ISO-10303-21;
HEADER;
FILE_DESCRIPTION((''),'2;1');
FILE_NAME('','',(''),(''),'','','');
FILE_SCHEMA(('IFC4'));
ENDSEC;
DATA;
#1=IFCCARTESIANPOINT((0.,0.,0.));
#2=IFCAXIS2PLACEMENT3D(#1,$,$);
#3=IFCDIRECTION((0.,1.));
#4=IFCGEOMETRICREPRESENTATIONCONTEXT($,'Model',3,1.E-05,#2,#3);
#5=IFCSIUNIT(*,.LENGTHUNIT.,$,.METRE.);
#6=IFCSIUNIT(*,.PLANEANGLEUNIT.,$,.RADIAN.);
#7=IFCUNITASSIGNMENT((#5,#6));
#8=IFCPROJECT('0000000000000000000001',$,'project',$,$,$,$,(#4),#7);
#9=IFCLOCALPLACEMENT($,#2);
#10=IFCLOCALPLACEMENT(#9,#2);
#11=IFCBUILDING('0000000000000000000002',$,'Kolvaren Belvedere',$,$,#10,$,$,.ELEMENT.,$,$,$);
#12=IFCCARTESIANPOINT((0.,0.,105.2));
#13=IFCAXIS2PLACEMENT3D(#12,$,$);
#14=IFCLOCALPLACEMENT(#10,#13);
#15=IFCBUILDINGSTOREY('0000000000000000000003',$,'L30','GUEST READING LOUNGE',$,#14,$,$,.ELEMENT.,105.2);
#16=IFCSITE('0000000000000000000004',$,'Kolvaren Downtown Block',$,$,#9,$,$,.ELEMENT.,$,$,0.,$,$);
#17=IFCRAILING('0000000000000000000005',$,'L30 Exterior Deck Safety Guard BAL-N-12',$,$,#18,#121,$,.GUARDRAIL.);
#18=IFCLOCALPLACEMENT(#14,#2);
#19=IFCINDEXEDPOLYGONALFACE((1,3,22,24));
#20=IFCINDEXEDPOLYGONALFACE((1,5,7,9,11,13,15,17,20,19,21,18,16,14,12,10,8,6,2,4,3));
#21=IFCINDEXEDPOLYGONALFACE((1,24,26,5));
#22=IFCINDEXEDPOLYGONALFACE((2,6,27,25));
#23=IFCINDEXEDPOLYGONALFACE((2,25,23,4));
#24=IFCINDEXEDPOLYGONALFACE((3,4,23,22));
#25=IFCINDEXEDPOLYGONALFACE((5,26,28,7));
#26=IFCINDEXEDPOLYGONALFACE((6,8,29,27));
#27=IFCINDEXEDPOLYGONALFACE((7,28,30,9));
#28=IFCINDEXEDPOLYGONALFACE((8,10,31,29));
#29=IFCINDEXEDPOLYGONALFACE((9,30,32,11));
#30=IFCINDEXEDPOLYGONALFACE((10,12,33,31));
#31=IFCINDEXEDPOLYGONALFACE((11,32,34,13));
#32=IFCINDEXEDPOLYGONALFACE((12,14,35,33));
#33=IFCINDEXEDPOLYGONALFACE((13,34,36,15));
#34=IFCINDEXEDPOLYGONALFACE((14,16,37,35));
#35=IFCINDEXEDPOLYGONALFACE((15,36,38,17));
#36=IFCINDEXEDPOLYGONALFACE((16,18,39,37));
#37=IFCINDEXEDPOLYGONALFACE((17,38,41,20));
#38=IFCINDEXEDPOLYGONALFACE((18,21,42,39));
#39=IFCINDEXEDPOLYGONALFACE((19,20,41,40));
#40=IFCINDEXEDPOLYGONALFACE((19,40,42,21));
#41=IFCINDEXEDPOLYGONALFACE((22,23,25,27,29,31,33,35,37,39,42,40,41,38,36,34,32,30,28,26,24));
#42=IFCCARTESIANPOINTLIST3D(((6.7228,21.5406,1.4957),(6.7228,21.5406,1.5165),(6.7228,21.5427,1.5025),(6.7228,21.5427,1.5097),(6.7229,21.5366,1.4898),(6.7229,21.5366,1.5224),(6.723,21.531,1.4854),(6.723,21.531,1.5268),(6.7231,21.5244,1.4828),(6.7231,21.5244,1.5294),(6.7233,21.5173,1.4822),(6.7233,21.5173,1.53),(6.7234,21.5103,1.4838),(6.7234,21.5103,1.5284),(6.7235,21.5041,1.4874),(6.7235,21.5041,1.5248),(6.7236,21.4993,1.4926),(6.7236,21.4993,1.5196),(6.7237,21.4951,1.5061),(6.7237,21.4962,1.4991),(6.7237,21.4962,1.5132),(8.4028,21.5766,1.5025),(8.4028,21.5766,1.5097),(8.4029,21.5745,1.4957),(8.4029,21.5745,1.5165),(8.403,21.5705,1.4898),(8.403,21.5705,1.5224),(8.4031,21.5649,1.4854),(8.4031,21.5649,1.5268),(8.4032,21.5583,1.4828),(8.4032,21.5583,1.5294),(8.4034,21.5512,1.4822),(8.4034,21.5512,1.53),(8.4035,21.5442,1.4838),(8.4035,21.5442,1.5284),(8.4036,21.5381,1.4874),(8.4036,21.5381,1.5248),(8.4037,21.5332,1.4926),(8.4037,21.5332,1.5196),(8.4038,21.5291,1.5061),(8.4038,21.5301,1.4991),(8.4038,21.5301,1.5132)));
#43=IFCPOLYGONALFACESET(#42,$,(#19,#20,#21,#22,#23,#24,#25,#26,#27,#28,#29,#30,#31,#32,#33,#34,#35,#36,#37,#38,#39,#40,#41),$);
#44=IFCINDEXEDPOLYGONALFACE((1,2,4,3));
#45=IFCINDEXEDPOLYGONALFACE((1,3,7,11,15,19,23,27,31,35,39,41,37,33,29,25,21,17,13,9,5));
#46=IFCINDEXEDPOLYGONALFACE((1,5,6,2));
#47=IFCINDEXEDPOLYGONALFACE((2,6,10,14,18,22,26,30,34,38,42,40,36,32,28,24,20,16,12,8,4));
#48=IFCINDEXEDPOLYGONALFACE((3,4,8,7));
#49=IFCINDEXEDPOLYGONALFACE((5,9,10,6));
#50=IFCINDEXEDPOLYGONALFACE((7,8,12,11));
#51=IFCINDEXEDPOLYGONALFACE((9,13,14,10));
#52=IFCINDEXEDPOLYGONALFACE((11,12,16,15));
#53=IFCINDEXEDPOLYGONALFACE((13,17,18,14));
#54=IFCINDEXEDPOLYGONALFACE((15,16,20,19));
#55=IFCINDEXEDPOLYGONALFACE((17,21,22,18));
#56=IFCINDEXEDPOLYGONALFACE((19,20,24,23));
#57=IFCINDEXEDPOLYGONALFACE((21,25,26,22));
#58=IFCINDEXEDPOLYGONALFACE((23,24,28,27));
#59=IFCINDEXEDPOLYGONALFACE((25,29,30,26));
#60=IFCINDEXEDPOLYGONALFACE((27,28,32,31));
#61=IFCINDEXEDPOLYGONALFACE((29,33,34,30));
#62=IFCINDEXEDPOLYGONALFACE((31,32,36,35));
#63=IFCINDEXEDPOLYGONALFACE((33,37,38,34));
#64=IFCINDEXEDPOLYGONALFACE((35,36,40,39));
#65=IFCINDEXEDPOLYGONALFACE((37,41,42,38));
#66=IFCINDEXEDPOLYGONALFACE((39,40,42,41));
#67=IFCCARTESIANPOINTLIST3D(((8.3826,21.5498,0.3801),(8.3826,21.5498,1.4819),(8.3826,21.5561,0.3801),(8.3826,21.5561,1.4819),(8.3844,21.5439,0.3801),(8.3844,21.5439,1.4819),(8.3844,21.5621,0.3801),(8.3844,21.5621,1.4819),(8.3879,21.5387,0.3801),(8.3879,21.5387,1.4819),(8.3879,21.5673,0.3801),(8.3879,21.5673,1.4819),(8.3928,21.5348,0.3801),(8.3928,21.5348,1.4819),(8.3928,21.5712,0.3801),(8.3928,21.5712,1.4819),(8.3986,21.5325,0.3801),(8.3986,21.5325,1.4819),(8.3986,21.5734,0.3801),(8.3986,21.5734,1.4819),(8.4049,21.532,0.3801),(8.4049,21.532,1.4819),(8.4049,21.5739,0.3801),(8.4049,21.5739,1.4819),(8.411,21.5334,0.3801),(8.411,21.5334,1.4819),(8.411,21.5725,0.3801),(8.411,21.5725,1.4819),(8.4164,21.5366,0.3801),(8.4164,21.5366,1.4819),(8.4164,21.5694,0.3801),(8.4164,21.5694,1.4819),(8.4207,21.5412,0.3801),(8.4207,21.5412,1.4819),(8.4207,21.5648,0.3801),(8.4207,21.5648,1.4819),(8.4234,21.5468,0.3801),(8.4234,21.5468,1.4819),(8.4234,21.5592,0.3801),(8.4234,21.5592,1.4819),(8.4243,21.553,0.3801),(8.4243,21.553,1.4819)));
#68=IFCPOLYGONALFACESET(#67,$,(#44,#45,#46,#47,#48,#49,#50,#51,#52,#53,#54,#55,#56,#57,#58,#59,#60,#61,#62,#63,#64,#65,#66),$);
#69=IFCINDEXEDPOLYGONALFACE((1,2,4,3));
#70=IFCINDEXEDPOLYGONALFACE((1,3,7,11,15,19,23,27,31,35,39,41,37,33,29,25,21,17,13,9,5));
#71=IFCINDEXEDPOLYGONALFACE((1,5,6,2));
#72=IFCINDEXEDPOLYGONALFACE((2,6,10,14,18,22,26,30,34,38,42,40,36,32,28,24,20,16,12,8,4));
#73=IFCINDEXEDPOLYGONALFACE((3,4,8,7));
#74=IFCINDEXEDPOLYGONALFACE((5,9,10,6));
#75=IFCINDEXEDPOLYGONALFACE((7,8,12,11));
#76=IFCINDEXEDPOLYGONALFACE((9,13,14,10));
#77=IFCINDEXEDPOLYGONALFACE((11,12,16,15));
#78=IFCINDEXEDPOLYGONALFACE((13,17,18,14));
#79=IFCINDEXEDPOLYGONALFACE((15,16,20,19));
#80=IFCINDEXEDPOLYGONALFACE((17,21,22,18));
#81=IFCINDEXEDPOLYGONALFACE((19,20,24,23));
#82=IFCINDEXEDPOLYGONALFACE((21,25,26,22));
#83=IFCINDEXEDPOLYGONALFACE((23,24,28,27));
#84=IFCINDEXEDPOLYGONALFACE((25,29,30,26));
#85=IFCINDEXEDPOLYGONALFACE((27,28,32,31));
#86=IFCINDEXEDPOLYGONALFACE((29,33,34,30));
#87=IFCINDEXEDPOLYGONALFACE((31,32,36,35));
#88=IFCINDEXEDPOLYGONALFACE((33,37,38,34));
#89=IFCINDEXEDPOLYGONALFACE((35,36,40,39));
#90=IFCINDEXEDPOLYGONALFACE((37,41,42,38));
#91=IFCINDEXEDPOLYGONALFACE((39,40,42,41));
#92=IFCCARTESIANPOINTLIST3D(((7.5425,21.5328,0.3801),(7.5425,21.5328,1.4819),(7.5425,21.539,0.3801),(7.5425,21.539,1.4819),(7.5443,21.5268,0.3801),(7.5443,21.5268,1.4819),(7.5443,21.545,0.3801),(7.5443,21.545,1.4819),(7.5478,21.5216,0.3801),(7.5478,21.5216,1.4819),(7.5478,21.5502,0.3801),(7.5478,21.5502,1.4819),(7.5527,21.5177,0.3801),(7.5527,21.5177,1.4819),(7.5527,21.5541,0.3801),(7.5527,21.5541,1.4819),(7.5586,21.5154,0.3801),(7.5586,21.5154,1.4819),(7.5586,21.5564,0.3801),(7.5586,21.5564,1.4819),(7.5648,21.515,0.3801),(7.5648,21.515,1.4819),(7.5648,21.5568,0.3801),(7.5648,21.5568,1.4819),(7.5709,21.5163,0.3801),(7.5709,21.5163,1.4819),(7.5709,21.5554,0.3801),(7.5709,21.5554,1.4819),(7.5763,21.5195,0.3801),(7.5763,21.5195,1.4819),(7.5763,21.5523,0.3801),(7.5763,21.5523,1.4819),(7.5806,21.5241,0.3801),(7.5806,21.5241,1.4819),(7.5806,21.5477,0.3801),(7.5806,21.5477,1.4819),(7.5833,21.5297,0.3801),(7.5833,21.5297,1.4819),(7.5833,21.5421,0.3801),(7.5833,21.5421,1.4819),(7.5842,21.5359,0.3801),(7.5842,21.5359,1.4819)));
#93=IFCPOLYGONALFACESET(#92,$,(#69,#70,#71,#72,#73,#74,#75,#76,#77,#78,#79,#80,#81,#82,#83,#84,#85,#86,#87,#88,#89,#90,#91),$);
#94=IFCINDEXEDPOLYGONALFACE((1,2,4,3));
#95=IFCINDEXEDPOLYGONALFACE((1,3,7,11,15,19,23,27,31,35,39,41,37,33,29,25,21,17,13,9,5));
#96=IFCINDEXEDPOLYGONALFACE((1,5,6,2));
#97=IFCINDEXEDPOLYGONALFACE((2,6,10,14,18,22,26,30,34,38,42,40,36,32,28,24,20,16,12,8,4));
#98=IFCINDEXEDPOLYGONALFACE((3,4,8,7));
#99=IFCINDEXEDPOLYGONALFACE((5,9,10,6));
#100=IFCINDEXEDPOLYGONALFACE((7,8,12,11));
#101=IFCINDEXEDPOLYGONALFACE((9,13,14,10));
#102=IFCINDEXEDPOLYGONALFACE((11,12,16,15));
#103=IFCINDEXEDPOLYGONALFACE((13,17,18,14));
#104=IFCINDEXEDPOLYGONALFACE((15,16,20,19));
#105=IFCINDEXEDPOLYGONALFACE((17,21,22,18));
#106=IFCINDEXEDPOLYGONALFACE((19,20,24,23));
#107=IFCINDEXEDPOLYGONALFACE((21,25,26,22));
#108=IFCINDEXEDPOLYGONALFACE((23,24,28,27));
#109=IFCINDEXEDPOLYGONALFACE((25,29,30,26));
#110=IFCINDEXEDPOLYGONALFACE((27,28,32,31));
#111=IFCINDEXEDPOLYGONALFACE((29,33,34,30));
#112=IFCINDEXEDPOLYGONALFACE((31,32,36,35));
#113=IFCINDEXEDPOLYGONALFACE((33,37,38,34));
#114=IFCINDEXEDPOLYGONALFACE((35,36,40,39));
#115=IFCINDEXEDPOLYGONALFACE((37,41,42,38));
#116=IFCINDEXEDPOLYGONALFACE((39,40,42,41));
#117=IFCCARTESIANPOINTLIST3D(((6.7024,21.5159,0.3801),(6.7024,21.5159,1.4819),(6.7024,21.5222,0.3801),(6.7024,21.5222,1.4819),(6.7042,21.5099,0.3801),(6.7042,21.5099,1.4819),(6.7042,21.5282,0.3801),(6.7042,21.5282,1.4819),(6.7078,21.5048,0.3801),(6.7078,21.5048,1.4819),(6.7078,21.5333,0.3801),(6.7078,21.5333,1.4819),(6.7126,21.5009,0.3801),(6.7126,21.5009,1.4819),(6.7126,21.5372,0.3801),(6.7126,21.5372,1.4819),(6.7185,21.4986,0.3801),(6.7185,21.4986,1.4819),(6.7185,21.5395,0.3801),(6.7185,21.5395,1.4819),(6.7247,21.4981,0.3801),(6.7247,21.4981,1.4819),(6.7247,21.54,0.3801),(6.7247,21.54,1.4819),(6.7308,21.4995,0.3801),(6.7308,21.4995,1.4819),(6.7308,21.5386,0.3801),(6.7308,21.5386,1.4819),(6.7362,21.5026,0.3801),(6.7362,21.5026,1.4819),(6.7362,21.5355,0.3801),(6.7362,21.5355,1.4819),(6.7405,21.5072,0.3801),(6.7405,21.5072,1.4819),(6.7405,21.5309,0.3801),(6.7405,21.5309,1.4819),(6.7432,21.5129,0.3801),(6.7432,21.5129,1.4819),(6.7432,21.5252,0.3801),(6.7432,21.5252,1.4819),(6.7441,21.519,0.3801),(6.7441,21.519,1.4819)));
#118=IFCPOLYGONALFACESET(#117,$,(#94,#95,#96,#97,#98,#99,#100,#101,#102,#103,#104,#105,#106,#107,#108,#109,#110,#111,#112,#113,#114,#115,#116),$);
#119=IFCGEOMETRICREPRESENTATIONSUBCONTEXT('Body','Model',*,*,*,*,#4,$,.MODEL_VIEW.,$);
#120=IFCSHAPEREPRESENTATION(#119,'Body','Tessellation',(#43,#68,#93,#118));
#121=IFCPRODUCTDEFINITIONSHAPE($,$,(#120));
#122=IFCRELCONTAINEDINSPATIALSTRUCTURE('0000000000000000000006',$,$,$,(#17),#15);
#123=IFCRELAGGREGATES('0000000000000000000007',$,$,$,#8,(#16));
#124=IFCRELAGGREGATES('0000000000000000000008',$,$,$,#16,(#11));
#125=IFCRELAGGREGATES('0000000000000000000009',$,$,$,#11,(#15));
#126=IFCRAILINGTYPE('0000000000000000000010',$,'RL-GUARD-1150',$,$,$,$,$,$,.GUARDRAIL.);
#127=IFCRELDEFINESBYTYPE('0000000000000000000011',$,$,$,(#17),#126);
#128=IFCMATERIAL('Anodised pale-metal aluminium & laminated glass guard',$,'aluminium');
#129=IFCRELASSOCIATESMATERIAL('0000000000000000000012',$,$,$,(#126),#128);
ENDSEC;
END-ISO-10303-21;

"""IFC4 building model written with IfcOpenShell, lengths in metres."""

from ifc_helpers import new_model, si_unit, direction, frame, origin, origin_2d, place, context, subcontext, project, spatial, circle, extrude, material, type_object, element, save


model = new_model("IFC4")

# Units and contexts
model_context = context("Model", 3, precision=1e-05, world=origin(), true_north=direction((0.0, 1.0)))
body_context = subcontext(model_context, "Body", "Model", "MODEL_VIEW")
ifc_project = project(units=[si_unit("LENGTHUNIT", "METRE"), si_unit("PLANEANGLEUNIT", "RADIAN")], contexts=[model_context])

# Site, building, storey
site_placement = place(None, origin())
site = spatial("IfcSite", under=ifc_project, at=site_placement, Name="Kolvaren Downtown Block", CompositionType="ELEMENT", RefElevation=0.0)
building_placement = place(site_placement, origin())
building = spatial("IfcBuilding", under=site, at=building_placement, Name="Kolvaren Belvedere", CompositionType="ELEMENT")
storey_placement = place(building_placement, frame((0.0, 0.0, 105.2)))
storey = spatial("IfcBuildingStorey", under=building, at=storey_placement, Name="L30", Description="GUEST READING LOUNGE", CompositionType="ELEMENT", Elevation=105.2)

# Railing
ifc_material_1 = material(Name="Anodised pale-metal aluminium & laminated glass guard", Category="aluminium")
railing_type = type_object("IfcRailingType", Name="RL-GUARD-1150", PredefinedType="GUARDRAIL", material=ifc_material_1)
railing_1_placement = place(storey_placement, frame((8.4033, 21.553, 0.3801)))
element("IfcRailing", 1, at=railing_1_placement, inside=storey, type_object=railing_type, Name="L30 Exterior Deck Safety Guard BAL-N-12", PredefinedType="GUARDRAIL", context=body_context, shape_type="SweptSolid", body=[
    extrude(circle(Radius=0.0239, at=origin_2d()), frame((0.0, 0.0, 1.126), z_axis=(-0.999796, -0.020193, 0.0), x_axis=(0.020193, -0.999796, 0.0)), (0.0, 0.0, 1.0), 1.6804),
    extrude(circle(Radius=0.021, at=origin_2d()), origin(), (0.0, 0.0, 1.0), 1.1018),
    extrude(circle(Radius=0.021, at=origin_2d()), frame((-0.8401, -0.0171, 0.0)), (0.0, 0.0, 1.0), 1.1018),
    extrude(circle(Radius=0.021, at=origin_2d()), frame((-1.6802, -0.0339, 0.0)), (0.0, 0.0, 1.0), 1.1018),
])

save(model, "model.ifc")
